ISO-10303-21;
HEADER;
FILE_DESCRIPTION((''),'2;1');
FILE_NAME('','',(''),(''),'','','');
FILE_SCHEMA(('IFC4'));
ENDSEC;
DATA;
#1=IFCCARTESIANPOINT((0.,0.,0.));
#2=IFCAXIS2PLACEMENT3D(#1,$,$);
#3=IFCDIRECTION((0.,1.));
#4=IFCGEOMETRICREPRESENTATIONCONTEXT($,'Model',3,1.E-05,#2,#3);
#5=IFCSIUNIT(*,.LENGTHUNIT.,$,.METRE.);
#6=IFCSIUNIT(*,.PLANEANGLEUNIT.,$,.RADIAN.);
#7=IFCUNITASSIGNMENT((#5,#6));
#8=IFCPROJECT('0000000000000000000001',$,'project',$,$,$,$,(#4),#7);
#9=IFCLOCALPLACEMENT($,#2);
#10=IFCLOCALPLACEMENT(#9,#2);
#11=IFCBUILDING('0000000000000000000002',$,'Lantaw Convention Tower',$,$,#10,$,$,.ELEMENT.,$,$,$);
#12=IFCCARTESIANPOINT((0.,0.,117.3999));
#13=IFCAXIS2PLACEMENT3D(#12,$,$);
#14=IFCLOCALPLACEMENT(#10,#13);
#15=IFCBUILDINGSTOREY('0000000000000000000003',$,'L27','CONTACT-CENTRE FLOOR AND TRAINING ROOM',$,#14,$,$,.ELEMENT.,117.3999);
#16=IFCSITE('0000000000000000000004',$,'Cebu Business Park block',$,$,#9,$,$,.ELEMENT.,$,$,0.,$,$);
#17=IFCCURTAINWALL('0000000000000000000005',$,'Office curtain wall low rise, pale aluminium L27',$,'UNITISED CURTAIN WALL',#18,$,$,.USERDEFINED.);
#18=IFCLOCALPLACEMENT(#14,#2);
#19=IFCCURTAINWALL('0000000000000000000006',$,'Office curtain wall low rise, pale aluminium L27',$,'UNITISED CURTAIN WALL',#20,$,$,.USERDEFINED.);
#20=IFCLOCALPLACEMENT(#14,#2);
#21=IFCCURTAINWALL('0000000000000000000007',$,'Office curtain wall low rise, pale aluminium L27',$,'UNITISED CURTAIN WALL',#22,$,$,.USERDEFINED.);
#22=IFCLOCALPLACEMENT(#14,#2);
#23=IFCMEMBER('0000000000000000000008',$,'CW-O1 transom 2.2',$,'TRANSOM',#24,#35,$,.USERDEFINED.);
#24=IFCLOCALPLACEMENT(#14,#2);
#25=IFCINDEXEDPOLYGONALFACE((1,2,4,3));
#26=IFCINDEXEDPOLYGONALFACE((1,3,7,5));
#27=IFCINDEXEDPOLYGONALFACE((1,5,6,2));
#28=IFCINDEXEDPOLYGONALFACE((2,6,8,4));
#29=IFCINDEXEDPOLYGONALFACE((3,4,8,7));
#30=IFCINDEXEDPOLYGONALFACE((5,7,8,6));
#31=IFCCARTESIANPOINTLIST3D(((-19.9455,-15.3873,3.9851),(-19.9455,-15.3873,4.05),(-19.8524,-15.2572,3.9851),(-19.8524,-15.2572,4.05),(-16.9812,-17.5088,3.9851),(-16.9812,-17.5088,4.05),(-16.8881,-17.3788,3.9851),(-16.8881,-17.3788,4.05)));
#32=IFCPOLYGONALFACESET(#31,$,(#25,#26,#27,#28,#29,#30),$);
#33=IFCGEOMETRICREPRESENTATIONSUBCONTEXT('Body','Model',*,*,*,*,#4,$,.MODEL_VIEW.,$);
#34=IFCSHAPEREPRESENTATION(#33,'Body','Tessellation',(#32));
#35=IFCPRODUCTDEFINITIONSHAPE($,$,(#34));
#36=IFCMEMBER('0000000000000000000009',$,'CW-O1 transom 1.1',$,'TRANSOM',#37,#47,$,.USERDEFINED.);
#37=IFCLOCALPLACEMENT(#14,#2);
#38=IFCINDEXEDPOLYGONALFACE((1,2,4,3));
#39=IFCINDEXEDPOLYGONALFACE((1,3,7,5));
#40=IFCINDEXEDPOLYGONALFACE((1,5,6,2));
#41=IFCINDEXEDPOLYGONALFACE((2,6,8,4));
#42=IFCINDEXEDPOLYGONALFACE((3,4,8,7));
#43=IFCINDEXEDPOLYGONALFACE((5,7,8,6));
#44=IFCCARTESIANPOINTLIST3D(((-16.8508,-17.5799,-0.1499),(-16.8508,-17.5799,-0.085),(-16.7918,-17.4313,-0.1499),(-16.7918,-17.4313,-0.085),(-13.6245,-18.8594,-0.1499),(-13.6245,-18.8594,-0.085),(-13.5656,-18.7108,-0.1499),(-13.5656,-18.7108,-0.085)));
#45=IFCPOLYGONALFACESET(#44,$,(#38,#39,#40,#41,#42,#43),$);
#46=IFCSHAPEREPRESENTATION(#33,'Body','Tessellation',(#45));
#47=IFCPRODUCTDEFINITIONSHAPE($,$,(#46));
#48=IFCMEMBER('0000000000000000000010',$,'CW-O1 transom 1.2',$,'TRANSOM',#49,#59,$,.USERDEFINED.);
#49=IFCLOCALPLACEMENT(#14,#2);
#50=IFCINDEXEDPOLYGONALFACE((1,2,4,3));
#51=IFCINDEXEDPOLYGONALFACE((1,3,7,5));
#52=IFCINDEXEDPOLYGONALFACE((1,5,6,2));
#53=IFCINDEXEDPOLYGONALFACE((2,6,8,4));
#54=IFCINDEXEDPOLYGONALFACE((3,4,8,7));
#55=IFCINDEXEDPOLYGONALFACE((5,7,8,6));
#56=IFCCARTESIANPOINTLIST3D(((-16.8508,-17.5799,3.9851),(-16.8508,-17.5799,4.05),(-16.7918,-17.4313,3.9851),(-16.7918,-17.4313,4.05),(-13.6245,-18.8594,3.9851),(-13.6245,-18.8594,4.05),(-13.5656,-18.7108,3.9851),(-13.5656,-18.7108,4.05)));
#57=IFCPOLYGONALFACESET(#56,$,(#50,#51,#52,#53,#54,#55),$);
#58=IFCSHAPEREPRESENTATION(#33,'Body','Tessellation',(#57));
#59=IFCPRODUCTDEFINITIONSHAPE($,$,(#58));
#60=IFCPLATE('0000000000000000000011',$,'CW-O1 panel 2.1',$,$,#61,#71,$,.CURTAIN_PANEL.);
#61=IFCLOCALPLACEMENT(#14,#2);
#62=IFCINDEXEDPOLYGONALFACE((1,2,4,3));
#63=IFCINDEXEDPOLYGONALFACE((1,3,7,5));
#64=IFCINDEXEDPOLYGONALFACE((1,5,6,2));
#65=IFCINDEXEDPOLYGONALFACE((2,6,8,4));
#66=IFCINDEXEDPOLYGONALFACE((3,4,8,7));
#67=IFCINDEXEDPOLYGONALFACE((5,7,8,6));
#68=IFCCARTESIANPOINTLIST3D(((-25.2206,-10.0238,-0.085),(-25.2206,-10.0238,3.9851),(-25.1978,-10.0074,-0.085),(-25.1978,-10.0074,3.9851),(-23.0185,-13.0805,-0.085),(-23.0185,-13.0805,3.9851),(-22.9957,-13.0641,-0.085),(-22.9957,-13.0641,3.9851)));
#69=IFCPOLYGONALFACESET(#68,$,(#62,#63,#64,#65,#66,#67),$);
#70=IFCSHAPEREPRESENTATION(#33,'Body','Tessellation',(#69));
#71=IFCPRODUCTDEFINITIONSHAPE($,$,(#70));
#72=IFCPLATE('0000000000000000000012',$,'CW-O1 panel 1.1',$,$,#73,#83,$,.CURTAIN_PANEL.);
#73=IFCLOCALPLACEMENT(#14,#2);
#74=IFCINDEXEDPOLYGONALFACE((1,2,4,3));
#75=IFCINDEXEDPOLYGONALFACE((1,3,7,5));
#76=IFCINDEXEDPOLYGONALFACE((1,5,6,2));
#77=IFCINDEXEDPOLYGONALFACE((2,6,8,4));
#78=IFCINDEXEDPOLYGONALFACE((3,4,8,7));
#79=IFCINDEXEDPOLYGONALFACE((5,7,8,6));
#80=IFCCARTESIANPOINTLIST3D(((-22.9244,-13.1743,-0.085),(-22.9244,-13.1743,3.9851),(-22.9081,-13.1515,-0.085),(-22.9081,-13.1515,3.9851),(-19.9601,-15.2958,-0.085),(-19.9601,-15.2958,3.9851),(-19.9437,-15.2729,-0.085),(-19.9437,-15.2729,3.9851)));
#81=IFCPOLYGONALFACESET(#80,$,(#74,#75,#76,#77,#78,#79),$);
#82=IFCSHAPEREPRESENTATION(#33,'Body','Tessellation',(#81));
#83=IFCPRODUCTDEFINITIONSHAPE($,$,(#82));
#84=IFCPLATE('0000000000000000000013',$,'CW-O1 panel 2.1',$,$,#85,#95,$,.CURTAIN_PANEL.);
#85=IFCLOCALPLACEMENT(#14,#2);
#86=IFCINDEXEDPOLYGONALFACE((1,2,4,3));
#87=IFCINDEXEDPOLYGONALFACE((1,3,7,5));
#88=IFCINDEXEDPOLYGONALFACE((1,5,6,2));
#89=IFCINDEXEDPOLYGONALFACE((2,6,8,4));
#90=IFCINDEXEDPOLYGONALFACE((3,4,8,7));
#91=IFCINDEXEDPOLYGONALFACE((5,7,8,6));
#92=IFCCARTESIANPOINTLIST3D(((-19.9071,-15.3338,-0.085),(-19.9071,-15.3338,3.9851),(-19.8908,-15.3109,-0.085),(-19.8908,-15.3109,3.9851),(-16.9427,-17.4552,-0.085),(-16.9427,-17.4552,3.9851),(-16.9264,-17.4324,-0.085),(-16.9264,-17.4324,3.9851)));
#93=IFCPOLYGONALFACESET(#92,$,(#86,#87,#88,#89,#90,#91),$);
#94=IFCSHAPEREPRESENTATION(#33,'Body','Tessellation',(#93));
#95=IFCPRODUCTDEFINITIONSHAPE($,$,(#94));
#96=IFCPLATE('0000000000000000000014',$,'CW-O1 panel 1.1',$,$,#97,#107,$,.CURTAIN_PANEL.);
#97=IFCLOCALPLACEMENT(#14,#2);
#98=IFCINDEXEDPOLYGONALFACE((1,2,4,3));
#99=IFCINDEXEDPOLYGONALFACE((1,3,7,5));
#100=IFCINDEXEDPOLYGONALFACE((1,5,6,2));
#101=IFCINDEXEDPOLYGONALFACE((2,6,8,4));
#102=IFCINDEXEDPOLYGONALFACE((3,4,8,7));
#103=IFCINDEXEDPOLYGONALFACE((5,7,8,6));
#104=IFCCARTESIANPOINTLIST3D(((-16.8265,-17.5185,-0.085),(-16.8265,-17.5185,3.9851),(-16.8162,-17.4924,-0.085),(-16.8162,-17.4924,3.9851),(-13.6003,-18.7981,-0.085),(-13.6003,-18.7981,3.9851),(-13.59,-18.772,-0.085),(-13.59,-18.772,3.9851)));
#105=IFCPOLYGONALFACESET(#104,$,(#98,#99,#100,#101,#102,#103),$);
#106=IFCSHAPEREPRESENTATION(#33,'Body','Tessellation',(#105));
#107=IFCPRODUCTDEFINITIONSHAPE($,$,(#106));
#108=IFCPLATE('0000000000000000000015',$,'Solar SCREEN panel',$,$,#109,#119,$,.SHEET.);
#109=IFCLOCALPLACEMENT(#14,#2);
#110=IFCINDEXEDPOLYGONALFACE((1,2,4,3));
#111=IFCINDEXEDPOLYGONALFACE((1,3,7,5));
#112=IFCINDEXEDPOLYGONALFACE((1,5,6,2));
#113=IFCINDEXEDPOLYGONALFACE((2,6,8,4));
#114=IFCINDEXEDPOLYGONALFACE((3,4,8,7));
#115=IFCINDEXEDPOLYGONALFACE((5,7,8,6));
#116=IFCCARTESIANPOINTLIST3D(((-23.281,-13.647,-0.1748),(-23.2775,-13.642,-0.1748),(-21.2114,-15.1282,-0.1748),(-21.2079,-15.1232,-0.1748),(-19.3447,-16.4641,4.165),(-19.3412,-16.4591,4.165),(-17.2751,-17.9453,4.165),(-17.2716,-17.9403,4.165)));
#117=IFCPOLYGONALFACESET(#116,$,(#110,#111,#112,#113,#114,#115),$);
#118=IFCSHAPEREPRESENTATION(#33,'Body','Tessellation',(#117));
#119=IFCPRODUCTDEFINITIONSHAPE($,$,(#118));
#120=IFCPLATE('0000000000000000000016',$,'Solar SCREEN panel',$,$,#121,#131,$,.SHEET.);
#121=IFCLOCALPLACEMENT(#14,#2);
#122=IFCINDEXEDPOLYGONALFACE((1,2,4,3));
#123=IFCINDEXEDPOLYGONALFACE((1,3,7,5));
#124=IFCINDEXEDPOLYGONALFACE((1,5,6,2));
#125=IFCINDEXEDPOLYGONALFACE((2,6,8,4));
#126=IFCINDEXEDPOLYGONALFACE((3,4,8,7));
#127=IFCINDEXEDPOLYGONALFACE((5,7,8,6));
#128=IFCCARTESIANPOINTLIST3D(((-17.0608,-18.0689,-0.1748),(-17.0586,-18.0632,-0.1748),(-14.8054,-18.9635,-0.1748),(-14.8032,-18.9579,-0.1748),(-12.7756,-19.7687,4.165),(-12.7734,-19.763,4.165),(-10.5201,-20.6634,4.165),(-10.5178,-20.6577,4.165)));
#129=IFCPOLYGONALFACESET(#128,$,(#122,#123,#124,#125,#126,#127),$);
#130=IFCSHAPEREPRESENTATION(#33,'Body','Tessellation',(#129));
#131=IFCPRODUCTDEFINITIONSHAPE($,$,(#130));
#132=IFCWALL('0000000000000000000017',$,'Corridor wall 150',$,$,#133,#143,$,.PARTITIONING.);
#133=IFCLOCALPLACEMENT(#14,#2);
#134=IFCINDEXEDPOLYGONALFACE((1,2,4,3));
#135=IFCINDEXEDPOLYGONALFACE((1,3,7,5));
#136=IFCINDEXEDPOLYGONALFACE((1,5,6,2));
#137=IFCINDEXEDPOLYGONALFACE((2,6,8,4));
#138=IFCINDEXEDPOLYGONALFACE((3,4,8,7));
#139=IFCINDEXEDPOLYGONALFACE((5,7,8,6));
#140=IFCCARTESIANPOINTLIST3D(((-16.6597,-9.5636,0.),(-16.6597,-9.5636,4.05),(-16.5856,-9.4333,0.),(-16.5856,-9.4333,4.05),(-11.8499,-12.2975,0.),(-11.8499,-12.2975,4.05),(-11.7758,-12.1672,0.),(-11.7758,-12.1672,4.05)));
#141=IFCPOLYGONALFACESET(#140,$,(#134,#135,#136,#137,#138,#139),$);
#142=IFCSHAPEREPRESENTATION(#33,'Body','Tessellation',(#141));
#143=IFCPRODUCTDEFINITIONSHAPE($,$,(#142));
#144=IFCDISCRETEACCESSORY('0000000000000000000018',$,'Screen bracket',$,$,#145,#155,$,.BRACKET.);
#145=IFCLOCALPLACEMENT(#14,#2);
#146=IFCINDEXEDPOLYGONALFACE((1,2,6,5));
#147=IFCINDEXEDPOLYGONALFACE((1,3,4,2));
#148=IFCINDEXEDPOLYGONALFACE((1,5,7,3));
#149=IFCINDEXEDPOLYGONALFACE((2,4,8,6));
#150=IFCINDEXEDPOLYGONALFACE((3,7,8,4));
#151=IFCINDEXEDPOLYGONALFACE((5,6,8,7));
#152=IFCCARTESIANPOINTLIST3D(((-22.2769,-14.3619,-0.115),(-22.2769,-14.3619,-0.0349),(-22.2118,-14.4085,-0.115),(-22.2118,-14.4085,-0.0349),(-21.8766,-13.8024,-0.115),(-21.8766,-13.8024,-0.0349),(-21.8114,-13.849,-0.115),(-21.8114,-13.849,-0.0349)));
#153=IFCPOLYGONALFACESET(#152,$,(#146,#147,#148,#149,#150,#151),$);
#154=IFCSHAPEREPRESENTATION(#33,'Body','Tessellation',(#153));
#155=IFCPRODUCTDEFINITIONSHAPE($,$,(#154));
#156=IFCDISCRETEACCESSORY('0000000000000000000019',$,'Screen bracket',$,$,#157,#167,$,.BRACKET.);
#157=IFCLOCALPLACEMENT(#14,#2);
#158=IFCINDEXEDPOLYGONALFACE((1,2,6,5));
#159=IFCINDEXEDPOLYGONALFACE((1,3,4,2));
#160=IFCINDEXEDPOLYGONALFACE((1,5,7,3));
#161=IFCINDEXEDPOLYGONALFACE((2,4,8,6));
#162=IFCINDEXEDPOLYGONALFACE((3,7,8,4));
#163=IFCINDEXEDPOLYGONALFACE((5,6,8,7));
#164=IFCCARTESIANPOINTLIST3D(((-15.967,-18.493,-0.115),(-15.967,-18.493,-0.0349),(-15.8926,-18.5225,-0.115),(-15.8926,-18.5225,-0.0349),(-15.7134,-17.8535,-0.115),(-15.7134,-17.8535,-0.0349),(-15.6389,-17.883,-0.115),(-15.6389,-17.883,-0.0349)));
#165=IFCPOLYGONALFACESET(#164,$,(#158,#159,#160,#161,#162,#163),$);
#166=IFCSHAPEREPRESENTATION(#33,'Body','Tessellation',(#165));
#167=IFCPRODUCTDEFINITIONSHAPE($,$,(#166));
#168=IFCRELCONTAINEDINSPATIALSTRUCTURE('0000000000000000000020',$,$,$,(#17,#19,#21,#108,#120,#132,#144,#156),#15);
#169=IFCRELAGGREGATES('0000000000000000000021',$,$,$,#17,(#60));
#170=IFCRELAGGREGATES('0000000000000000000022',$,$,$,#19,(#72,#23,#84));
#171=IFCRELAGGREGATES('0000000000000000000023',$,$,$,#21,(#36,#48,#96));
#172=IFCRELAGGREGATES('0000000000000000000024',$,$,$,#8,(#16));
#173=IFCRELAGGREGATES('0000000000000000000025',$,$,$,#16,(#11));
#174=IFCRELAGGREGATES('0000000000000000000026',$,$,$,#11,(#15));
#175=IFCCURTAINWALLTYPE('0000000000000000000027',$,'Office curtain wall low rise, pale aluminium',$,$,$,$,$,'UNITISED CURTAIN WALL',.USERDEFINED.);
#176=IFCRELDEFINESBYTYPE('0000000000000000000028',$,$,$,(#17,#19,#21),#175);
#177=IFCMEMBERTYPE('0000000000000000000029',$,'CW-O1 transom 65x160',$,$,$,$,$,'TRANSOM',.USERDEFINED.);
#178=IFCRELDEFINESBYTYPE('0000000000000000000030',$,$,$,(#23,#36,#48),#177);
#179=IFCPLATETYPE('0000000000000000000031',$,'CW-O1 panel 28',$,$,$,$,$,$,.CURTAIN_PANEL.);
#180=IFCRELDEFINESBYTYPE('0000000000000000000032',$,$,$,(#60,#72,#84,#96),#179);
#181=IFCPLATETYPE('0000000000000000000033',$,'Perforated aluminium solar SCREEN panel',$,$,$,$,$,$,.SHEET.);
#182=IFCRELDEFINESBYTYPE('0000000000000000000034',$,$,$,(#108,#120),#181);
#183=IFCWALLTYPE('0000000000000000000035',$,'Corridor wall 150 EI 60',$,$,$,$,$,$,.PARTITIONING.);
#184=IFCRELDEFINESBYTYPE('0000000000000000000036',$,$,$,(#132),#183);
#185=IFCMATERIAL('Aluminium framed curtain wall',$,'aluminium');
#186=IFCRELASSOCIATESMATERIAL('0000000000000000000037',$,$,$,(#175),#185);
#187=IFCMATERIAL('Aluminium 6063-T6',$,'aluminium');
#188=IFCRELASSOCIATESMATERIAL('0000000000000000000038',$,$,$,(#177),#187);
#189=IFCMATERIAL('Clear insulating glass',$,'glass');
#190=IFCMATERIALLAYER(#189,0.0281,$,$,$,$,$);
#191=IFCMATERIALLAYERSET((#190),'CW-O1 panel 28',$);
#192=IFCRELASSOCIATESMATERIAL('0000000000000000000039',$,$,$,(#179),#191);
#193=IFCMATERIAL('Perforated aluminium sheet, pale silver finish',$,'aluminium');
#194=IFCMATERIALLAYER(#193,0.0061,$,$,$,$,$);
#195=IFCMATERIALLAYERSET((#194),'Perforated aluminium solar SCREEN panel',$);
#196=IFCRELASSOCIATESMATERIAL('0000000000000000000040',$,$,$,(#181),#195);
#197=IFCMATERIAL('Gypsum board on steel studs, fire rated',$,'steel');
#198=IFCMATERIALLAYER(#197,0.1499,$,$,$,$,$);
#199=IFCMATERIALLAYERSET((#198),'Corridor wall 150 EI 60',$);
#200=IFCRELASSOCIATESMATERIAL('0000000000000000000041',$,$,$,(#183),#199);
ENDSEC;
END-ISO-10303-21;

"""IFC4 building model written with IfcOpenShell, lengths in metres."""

from ifc_helpers import new_model, si_unit, direction, frame, frame_2d, origin, origin_2d, place, context, subcontext, project, spatial, polyline, rectangle, outline, extrude, material, layer, layer_set, material_profile, profile_set, type_object, element, aggregate, save


model = new_model("IFC4")

# Units and contexts
model_context = context("Model", 3, precision=1e-05, world=origin(), true_north=direction((0.0, 1.0)))
body_context = subcontext(model_context, "Body", "Model", "MODEL_VIEW")
ifc_project = project(units=[si_unit("LENGTHUNIT", "METRE"), si_unit("PLANEANGLEUNIT", "RADIAN")], contexts=[model_context])

# Site, building, storey
site_placement = place(None, origin())
site = spatial("IfcSite", under=ifc_project, at=site_placement, Name="Cebu Business Park block", CompositionType="ELEMENT", RefElevation=0.0)
building_placement = place(site_placement, origin())
building = spatial("IfcBuilding", under=site, at=building_placement, Name="Lantaw Convention Tower", CompositionType="ELEMENT")
storey_placement = place(building_placement, frame((0.0, 0.0, 117.3999)))
storey = spatial("IfcBuildingStorey", under=building, at=storey_placement, Name="L27", Description="CONTACT-CENTRE FLOOR AND TRAINING ROOM", CompositionType="ELEMENT", Elevation=117.3999)

# Curtain walls
ifc_material_1 = material(Name="Aluminium framed curtain wall", Category="aluminium")
curtain_wall_type = type_object("IfcCurtainWallType", Name="Office curtain wall low rise, pale aluminium", ElementType="UNITISED CURTAIN WALL", PredefinedType="USERDEFINED", material=ifc_material_1)
curtain_wall_1_placement = place(storey_placement, origin())
curtain_wall_1 = element("IfcCurtainWall", 1, at=curtain_wall_1_placement, inside=storey, type_object=curtain_wall_type, Name="Office curtain wall low rise, pale aluminium L27", ObjectType="UNITISED CURTAIN WALL", PredefinedType="USERDEFINED")
ifc_material_2 = material(Name="Aluminium 6063-T6", Category="aluminium")
curtain_wall_2_placement = place(storey_placement, origin())
curtain_wall_2 = element("IfcCurtainWall", 2, at=curtain_wall_2_placement, inside=storey, type_object=curtain_wall_type, Name="Office curtain wall low rise, pale aluminium L27", ObjectType="UNITISED CURTAIN WALL", PredefinedType="USERDEFINED")

# Curtain wall
curtain_wall_3_placement = place(storey_placement, origin())
curtain_wall_3 = element("IfcCurtainWall", 3, at=curtain_wall_3_placement, inside=storey, type_object=curtain_wall_type, Name="Office curtain wall low rise, pale aluminium L27", ObjectType="UNITISED CURTAIN WALL", PredefinedType="USERDEFINED")

# Members
ifc_material_profile_1 = material_profile(ifc_material_2, rectangle(XDim=0.1599, YDim=0.0649, at=origin_2d()), Name="CW-O1 transom 65x160")
ifc_profile_set_1 = profile_set([ifc_material_profile_1], Name="Aluminium 6063-T6")
member_type_1 = type_object("IfcMemberType", Name="CW-O1 transom 65x160", ElementType="TRANSOM", PredefinedType="USERDEFINED", material=ifc_profile_set_1)
member_1_placement = place(storey_placement, frame((-19.8989, -15.3223, 4.0176), z_axis=(0.81319, -0.581998, 0.0), x_axis=(0.581998, 0.81319, 0.0)))
member_1 = element("IfcMember", 4, at=member_1_placement, type_object=member_type_1, Name="CW-O1 transom 2.2", ObjectType="TRANSOM", PredefinedType="USERDEFINED", context=body_context, shape_type="SweptSolid", body=[
    extrude(rectangle(XDim=0.1599, YDim=0.0649, at=origin_2d()), origin(), (0.0, 0.0, 1.0), 3.6453),
])
member_2_placement = place(storey_placement, frame((-16.8213, -17.5056, -0.1174), z_axis=(0.929564, -0.36866, 0.0), x_axis=(0.36866, 0.929564, 0.0)))
member_2 = element("IfcMember", 5, at=member_2_placement, type_object=member_type_1, Name="CW-O1 transom 1.1", ObjectType="TRANSOM", PredefinedType="USERDEFINED", context=body_context, shape_type="SweptSolid", body=[
    extrude(rectangle(XDim=0.1599, YDim=0.0649, at=origin_2d()), origin(), (0.0, 0.0, 1.0), 3.4707),
])
member_3_placement = place(storey_placement, frame((-16.8213, -17.5056, 4.0176), z_axis=(0.929564, -0.36866, 0.0), x_axis=(0.36866, 0.929564, 0.0)))
member_3 = element("IfcMember", 6, at=member_3_placement, type_object=member_type_1, Name="CW-O1 transom 1.2", ObjectType="TRANSOM", PredefinedType="USERDEFINED", context=body_context, shape_type="SweptSolid", body=[
    extrude(rectangle(XDim=0.1599, YDim=0.0649, at=origin_2d()), origin(), (0.0, 0.0, 1.0), 3.4707),
])

# Plates
ifc_material_3 = material(Name="Clear insulating glass", Category="glass")
ifc_layer_1 = layer(ifc_material_3, 0.0281)
ifc_layer_set_1 = layer_set([ifc_layer_1], Name="CW-O1 panel 28")
plate_type_1 = type_object("IfcPlateType", Name="CW-O1 panel 28", PredefinedType="CURTAIN_PANEL", material=ifc_layer_set_1)
plate_1_placement = place(storey_placement, frame((-24.1082, -11.5439, -0.085), z_axis=(0.0, 0.0, 1.0), x_axis=(0.584513, -0.811385, 0.0)))
plate_1 = element("IfcPlate", 7, at=plate_1_placement, type_object=plate_type_1, Name="CW-O1 panel 2.1", PredefinedType="CURTAIN_PANEL", context=body_context, shape_type="SweptSolid", body=[
    extrude(rectangle(XDim=3.7673, YDim=0.0281, at=origin_2d()), origin(), (0.0, 0.0, 1.0), 4.0701),
])
aggregate(curtain_wall_1, [plate_1])
plate_2_placement = place(storey_placement, frame((-21.4341, -14.2236, -0.085), z_axis=(0.0, 0.0, 1.0), x_axis=(0.813208, -0.581973, 0.0)))
plate_2 = element("IfcPlate", 8, at=plate_2_placement, type_object=plate_type_1, Name="CW-O1 panel 1.1", PredefinedType="CURTAIN_PANEL", context=body_context, shape_type="SweptSolid", body=[
    extrude(rectangle(XDim=3.6453, YDim=0.0281, at=origin_2d()), origin(), (0.0, 0.0, 1.0), 4.0701),
])
plate_3_placement = place(storey_placement, frame((-18.4167, -16.3831, -0.085), z_axis=(0.0, 0.0, 1.0), x_axis=(0.813208, -0.581973, 0.0)))
plate_3 = element("IfcPlate", 9, at=plate_3_placement, type_object=plate_type_1, Name="CW-O1 panel 2.1", PredefinedType="CURTAIN_PANEL", context=body_context, shape_type="SweptSolid", body=[
    extrude(rectangle(XDim=3.6453, YDim=0.0281, at=origin_2d()), origin(), (0.0, 0.0, 1.0), 4.0701),
])
aggregate(curtain_wall_2, [plate_2, member_1, plate_3])
plate_4_placement = place(storey_placement, frame((-15.2083, -18.1453, -0.085), z_axis=(0.0, 0.0, 1.0), x_axis=(0.929548, -0.368702, 0.0)))
plate_4 = element("IfcPlate", 10, at=plate_4_placement, type_object=plate_type_1, Name="CW-O1 panel 1.1", PredefinedType="CURTAIN_PANEL", context=body_context, shape_type="SweptSolid", body=[
    extrude(rectangle(XDim=3.4707, YDim=0.0281, at=origin_2d()), origin(), (0.0, 0.0, 1.0), 4.0701),
])
aggregate(curtain_wall_3, [member_2, member_3, plate_4])

# Plates
ifc_material_4 = material(Name="Perforated aluminium sheet, pale silver finish", Category="aluminium")
ifc_layer_2 = layer(ifc_material_4, 0.0061)
ifc_layer_set_2 = layer_set([ifc_layer_2], Name="Perforated aluminium solar SCREEN panel")
plate_type_2 = type_object("IfcPlateType", Name="Perforated aluminium solar SCREEN panel", PredefinedType="SHEET", material=ifc_layer_set_2)
plate_5_placement = place(storey_placement, frame((-23.281, -13.647, -0.1748), z_axis=(-0.582, -0.813189, 0.000012), x_axis=(0.813189, -0.582, 0.0)))
element("IfcPlate", 11, at=plate_5_placement, inside=storey, type_object=plate_type_2, Name="Solar SCREEN panel", PredefinedType="SHEET", context=body_context, shape_type="SweptSolid", body=[
    extrude(outline(polyline([(0.0, 0.0), (2.545, 0.0), (7.3855, 4.3398), (4.8405, 4.3398), (0.0, 0.0)])), origin(), (0.0, 0.0, -1.0), 0.0061),
])
plate_6_placement = place(storey_placement, frame((-17.0586, -18.0632, -0.1748), z_axis=(0.368709, 0.929545, 0.000011), x_axis=(0.929545, -0.368709, 0.0)))
element("IfcPlate", 12, at=plate_6_placement, inside=storey, type_object=plate_type_2, Name="Solar SCREEN panel", PredefinedType="SHEET", context=body_context, shape_type="SweptSolid", body=[
    extrude(outline(polyline([(0.0, 0.0), (2.4264, 0.0), (7.0365, -4.3398), (4.61, -4.3398), (0.0, 0.0)])), origin(), (0.0, 0.0, -1.0), 0.0061),
])

# Wall
ifc_material_5 = material(Name="Gypsum board on steel studs, fire rated", Category="steel")
ifc_layer_3 = layer(ifc_material_5, 0.1499)
ifc_layer_set_3 = layer_set([ifc_layer_3], Name="Corridor wall 150 EI 60")
wall_type = type_object("IfcWallType", Name="Corridor wall 150 EI 60", PredefinedType="PARTITIONING", material=ifc_layer_set_3)
wall_placement = place(storey_placement, frame((-16.6226, -9.4985, 0.0), z_axis=(0.0, 0.0, 1.0), x_axis=(0.869376, -0.494151, 0.0)))
element("IfcWall", 13, at=wall_placement, inside=storey, type_object=wall_type, Name="Corridor wall 150", PredefinedType="PARTITIONING", context=body_context, shape_type="SweptSolid", body=[
    extrude(rectangle(XDim=5.5325, YDim=0.1499, at=frame_2d((2.7661, 0.0))), origin(), (0.0, 0.0, 1.0), 4.05),
])

# Discrete accessories
for number, where, z_axis, x_axis, name in (
    (14, (-22.0442, -14.1055, -0.115), (0.0, 0.0, 1.0), (0.813208, -0.581973, 0.0), "Screen bracket"),
    (15, (-15.803, -18.188, -0.115), (0.0, 0.0, 1.0), (0.929548, -0.368702, 0.0), "Screen bracket"),
):
    element("IfcDiscreteAccessory", number, at=place(storey_placement, frame(where, z_axis=z_axis, x_axis=x_axis)), inside=storey, Name=name, PredefinedType="BRACKET", context=body_context, shape_type="SweptSolid", body=[
        extrude(rectangle(XDim=0.0801, YDim=0.688, at=origin_2d()), origin(), (0.0, 0.0, 1.0), 0.0801),
    ])

save(model, "model.ifc")
